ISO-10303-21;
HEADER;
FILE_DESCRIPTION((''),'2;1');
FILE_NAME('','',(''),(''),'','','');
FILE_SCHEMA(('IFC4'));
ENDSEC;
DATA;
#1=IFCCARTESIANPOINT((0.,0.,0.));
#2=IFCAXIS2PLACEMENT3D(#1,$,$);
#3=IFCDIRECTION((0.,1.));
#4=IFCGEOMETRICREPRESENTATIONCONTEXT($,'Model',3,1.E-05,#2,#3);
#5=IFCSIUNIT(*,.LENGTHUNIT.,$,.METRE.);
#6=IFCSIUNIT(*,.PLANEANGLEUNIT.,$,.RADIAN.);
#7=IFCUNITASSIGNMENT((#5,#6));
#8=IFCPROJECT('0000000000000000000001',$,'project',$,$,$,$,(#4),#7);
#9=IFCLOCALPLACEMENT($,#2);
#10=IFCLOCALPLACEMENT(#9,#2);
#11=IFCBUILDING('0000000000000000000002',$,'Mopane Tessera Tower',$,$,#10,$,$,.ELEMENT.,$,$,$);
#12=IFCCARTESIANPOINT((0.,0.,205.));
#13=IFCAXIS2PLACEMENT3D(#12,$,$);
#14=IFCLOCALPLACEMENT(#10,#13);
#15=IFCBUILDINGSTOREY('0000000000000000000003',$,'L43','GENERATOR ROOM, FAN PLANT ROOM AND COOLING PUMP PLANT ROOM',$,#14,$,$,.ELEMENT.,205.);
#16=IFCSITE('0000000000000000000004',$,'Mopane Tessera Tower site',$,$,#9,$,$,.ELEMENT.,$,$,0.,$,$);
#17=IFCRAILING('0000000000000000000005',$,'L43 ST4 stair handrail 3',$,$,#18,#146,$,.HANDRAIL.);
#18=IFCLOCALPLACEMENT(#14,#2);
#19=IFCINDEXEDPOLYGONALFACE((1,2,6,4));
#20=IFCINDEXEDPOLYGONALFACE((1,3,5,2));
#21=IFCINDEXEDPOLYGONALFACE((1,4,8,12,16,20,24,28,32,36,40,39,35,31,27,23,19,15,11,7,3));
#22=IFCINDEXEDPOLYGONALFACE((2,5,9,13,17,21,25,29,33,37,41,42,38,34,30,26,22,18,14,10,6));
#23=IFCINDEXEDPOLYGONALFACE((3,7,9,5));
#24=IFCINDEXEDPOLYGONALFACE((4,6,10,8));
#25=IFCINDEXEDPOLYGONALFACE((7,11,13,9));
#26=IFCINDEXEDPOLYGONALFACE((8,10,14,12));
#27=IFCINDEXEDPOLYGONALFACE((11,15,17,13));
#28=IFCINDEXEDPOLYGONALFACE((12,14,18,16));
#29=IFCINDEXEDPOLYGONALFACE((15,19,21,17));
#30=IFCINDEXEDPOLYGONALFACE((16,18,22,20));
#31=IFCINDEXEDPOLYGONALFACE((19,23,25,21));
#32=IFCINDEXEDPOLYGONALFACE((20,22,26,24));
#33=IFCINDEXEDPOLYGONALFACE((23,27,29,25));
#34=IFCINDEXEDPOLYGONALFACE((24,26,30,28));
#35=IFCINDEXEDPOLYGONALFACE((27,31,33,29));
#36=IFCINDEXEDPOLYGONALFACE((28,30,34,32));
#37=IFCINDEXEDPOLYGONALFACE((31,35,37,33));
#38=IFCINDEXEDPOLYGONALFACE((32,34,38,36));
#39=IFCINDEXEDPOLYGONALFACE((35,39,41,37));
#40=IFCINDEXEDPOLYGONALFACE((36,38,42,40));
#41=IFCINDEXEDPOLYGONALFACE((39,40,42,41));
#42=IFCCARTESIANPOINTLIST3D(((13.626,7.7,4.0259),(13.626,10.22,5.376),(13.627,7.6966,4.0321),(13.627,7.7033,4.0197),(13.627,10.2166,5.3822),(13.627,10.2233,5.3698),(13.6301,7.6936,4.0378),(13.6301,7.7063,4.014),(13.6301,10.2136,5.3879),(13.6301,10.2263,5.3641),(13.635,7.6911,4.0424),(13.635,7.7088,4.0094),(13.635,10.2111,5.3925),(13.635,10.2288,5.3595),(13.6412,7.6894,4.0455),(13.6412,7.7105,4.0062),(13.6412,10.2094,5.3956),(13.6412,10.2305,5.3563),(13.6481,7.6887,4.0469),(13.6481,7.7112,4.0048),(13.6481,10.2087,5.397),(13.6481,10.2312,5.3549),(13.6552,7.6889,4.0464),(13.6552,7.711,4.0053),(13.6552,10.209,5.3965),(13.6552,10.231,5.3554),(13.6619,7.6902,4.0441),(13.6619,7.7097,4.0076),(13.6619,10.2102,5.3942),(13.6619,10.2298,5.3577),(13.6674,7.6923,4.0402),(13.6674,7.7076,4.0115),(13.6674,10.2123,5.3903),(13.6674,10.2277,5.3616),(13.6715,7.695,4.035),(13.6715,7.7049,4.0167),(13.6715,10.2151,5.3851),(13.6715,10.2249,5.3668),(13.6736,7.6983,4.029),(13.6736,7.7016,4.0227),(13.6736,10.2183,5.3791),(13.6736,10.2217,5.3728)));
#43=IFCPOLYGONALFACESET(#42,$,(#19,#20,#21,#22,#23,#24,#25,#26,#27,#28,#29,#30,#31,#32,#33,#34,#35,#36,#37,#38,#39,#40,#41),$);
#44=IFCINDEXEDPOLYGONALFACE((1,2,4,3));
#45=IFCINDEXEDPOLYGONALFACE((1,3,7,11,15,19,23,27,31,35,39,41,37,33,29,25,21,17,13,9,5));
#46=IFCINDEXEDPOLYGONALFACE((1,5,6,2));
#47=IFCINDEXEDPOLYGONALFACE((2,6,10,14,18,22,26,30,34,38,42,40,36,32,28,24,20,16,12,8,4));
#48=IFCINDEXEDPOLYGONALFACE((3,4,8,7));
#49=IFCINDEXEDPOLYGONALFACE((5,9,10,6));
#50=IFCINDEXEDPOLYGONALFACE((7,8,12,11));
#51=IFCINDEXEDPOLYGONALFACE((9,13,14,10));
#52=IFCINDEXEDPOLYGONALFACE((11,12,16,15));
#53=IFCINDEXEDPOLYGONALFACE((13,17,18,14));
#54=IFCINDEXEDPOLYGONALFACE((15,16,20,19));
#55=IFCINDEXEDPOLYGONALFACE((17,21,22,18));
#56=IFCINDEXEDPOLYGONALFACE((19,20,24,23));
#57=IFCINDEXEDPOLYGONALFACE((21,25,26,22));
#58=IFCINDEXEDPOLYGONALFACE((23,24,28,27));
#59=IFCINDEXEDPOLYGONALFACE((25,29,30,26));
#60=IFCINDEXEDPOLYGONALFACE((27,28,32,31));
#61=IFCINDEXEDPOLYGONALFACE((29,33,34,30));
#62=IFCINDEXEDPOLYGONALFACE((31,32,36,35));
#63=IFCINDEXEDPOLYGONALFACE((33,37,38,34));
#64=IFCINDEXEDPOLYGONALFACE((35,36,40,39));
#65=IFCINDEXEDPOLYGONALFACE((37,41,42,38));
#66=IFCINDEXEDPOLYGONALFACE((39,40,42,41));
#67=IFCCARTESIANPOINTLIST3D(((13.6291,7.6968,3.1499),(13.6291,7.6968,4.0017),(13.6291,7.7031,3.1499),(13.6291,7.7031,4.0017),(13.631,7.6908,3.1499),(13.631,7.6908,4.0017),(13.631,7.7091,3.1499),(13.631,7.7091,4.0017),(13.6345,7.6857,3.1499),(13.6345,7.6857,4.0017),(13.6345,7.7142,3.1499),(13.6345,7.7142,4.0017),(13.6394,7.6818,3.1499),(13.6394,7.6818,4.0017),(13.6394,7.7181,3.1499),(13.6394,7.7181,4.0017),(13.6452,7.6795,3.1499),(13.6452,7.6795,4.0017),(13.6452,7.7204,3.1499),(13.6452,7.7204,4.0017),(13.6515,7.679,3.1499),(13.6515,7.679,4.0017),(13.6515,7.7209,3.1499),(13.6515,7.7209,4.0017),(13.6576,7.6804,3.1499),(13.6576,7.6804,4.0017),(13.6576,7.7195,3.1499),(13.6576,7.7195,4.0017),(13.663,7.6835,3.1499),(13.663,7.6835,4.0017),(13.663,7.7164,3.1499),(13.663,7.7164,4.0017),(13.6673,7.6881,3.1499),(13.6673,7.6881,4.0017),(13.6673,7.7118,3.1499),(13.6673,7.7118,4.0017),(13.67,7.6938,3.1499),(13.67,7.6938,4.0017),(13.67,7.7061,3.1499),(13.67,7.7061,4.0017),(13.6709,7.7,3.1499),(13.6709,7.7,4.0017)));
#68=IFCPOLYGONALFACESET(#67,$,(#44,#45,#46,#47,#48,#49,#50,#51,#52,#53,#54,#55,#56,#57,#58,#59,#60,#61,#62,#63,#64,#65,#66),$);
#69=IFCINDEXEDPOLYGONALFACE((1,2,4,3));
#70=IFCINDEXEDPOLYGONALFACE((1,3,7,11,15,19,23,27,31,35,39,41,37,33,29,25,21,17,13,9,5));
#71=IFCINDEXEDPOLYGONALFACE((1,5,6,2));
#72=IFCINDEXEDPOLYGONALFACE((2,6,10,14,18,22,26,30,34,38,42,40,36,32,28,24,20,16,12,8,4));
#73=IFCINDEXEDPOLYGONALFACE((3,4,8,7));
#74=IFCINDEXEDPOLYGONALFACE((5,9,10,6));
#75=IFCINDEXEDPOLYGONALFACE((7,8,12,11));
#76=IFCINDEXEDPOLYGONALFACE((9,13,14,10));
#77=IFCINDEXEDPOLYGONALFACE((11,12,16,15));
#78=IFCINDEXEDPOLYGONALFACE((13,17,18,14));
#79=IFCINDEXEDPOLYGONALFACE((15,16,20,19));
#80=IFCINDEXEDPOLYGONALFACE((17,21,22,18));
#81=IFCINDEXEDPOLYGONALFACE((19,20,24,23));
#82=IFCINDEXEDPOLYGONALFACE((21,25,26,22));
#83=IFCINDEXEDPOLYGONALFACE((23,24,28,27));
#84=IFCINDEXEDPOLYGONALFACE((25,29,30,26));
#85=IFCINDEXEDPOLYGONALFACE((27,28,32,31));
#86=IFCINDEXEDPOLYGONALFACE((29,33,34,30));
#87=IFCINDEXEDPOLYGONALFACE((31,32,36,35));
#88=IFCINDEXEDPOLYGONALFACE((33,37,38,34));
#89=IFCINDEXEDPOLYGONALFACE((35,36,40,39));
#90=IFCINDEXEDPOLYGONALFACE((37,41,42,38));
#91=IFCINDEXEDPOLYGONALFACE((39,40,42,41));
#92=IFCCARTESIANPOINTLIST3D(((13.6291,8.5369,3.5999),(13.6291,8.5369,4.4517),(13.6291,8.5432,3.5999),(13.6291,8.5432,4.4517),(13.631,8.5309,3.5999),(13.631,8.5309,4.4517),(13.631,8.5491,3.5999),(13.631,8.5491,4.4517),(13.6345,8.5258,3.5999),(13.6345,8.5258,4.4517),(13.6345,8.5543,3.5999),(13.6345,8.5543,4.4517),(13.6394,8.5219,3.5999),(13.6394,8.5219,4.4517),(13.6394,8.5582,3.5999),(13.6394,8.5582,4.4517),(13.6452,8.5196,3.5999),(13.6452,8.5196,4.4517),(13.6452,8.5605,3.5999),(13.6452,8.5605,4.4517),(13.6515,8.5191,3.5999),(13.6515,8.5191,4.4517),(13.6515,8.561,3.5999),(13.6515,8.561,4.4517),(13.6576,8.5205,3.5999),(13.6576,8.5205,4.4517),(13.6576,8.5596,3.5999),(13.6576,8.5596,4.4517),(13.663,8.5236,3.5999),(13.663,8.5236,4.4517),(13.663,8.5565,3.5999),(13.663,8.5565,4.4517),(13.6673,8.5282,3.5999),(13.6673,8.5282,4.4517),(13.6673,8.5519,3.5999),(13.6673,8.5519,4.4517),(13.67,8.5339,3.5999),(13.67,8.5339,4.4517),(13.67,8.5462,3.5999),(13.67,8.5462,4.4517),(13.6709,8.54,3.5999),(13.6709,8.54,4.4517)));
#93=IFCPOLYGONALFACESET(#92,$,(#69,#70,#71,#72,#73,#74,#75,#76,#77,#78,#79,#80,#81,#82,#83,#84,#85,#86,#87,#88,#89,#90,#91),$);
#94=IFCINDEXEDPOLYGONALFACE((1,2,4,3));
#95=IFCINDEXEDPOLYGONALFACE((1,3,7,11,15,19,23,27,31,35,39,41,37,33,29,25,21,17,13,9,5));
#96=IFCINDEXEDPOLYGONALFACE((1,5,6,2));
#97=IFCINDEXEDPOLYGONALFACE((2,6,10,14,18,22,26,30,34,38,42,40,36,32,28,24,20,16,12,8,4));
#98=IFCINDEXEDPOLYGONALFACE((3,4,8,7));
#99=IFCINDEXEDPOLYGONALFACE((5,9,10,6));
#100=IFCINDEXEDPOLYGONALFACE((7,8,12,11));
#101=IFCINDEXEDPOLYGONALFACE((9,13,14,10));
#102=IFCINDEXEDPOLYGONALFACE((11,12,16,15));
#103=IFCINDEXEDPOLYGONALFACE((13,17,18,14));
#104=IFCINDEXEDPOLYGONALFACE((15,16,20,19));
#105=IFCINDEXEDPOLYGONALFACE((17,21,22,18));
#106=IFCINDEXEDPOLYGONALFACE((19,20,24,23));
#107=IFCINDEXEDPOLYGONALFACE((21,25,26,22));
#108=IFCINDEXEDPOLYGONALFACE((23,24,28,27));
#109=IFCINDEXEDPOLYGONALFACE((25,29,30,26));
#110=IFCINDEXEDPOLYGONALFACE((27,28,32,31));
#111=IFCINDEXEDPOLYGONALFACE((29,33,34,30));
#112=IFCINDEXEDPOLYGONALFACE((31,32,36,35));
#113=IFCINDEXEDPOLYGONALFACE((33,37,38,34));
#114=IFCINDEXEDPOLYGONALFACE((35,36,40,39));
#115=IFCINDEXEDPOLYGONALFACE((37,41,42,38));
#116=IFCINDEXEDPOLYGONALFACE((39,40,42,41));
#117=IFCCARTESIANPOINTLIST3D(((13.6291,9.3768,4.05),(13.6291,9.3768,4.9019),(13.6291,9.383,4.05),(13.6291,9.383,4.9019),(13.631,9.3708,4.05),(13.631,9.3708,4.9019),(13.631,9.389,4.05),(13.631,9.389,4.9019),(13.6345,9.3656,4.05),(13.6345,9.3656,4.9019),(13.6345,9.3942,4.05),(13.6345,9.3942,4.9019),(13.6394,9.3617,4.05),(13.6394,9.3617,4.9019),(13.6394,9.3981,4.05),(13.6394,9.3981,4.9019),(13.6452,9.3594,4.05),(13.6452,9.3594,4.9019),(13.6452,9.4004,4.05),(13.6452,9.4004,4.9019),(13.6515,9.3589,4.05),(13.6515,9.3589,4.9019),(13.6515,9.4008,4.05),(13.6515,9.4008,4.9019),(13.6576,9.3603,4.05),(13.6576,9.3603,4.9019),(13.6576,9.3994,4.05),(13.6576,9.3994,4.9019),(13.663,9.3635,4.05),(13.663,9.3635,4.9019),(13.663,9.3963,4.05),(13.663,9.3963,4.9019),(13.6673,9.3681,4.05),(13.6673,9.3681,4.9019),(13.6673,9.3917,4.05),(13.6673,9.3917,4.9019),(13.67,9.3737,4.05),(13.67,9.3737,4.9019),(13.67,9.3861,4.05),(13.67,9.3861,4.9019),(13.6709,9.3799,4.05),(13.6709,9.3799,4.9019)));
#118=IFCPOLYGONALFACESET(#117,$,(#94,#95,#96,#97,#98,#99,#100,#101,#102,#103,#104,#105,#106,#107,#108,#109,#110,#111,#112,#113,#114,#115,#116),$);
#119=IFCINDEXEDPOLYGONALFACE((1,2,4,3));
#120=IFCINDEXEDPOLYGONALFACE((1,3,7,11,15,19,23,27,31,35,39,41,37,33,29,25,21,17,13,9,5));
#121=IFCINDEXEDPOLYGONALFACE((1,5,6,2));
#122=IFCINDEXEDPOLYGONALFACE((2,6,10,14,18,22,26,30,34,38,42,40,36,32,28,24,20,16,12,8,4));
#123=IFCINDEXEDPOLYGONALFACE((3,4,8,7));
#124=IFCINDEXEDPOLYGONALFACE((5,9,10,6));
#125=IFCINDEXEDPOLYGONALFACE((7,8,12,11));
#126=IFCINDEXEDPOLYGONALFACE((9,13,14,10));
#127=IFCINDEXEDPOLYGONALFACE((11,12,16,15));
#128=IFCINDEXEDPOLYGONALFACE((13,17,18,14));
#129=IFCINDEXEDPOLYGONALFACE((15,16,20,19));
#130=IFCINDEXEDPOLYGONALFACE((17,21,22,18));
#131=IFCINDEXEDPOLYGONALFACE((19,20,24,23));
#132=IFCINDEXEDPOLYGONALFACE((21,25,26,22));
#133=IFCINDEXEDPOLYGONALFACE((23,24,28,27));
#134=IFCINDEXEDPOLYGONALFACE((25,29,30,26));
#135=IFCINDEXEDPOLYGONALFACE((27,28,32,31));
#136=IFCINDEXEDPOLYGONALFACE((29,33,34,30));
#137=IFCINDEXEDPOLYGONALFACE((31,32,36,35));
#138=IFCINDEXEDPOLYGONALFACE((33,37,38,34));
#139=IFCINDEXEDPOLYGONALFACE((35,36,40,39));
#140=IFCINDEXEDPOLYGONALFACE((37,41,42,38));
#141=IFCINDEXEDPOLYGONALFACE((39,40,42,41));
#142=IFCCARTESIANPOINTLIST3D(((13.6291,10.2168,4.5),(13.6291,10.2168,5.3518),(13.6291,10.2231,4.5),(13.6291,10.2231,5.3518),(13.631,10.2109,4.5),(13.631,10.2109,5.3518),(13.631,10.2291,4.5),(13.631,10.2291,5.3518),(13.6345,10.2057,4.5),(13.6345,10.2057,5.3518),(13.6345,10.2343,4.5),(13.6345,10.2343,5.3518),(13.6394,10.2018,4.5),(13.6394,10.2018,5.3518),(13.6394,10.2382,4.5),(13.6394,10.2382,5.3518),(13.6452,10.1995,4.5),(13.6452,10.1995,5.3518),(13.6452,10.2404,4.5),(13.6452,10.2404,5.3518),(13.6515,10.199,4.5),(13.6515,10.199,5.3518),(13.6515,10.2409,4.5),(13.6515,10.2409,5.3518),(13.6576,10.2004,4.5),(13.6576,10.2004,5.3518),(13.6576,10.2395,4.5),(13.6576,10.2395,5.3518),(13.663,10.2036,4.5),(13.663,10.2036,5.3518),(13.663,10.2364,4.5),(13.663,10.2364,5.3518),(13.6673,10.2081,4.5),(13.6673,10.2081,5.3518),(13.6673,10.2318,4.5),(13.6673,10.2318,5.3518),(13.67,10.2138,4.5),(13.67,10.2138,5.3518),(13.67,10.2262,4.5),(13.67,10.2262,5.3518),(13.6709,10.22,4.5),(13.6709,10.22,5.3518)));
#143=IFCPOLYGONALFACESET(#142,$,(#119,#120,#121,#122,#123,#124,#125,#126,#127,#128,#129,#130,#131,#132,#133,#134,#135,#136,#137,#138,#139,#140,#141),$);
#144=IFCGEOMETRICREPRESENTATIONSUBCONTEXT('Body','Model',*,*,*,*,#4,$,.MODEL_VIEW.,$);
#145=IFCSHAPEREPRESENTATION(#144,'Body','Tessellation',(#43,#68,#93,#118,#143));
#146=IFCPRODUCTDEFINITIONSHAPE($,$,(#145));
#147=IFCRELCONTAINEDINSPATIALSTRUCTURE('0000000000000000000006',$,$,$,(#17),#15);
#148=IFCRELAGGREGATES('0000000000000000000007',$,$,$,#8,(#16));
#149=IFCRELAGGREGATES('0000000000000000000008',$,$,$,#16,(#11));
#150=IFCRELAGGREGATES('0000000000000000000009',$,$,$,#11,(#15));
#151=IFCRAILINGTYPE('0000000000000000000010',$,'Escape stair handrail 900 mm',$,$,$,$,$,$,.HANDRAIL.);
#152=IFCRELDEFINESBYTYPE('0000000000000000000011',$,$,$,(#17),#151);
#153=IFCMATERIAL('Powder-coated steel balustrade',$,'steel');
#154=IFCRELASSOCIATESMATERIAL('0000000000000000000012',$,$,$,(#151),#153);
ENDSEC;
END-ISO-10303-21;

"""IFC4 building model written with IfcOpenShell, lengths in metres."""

from ifc_helpers import new_model, si_unit, direction, frame, origin, origin_2d, place, context, subcontext, project, spatial, circle, extrude, material, type_object, element, save


model = new_model("IFC4")

# Units and contexts
model_context = context("Model", 3, precision=1e-05, world=origin(), true_north=direction((0.0, 1.0)))
body_context = subcontext(model_context, "Body", "Model", "MODEL_VIEW")
ifc_project = project(units=[si_unit("LENGTHUNIT", "METRE"), si_unit("PLANEANGLEUNIT", "RADIAN")], contexts=[model_context])

# Site, building, storey
site_placement = place(None, origin())
site = spatial("IfcSite", under=ifc_project, at=site_placement, Name="Mopane Tessera Tower site", CompositionType="ELEMENT", RefElevation=0.0)
building_placement = place(site_placement, origin())
building = spatial("IfcBuilding", under=site, at=building_placement, Name="Mopane Tessera Tower", CompositionType="ELEMENT")
storey_placement = place(building_placement, frame((0.0, 0.0, 205.0)))
storey = spatial("IfcBuildingStorey", under=building, at=storey_placement, Name="L43", Description="GENERATOR ROOM, FAN PLANT ROOM AND COOLING PUMP PLANT ROOM", CompositionType="ELEMENT", Elevation=205.0)

# Railing
ifc_material_1 = material(Name="Powder-coated steel balustrade", Category="steel")
railing_type_1 = type_object("IfcRailingType", Name="Escape stair handrail 900 mm", PredefinedType="HANDRAIL", material=ifc_material_1)
railing_1_placement = place(storey_placement, frame((13.6499, 7.7, 3.1499)))
element("IfcRailing", 1, at=railing_1_placement, inside=storey, type_object=railing_type_1, Name="L43 ST4 stair handrail 3", PredefinedType="HANDRAIL", context=body_context, shape_type="SweptSolid", body=[
    extrude(circle(Radius=0.0239, at=origin_2d()), frame((0.0, 0.0, 0.876), z_axis=(0.0, 0.881467, 0.472245), x_axis=(-1.0, 0.0, 0.0)), (0.0, 0.0, 1.0), 2.8589),
    extrude(circle(Radius=0.021, at=origin_2d()), origin(), (0.0, 0.0, 1.0), 0.8518),
    extrude(circle(Radius=0.021, at=origin_2d()), frame((0.0, 0.8401, 0.45)), (0.0, 0.0, 1.0), 0.8518),
    extrude(circle(Radius=0.021, at=origin_2d()), frame((0.0, 1.6799, 0.9001)), (0.0, 0.0, 1.0), 0.8518),
    extrude(circle(Radius=0.021, at=origin_2d()), frame((0.0, 2.52, 1.3501)), (0.0, 0.0, 1.0), 0.8518),
])

save(model, "model.ifc")
